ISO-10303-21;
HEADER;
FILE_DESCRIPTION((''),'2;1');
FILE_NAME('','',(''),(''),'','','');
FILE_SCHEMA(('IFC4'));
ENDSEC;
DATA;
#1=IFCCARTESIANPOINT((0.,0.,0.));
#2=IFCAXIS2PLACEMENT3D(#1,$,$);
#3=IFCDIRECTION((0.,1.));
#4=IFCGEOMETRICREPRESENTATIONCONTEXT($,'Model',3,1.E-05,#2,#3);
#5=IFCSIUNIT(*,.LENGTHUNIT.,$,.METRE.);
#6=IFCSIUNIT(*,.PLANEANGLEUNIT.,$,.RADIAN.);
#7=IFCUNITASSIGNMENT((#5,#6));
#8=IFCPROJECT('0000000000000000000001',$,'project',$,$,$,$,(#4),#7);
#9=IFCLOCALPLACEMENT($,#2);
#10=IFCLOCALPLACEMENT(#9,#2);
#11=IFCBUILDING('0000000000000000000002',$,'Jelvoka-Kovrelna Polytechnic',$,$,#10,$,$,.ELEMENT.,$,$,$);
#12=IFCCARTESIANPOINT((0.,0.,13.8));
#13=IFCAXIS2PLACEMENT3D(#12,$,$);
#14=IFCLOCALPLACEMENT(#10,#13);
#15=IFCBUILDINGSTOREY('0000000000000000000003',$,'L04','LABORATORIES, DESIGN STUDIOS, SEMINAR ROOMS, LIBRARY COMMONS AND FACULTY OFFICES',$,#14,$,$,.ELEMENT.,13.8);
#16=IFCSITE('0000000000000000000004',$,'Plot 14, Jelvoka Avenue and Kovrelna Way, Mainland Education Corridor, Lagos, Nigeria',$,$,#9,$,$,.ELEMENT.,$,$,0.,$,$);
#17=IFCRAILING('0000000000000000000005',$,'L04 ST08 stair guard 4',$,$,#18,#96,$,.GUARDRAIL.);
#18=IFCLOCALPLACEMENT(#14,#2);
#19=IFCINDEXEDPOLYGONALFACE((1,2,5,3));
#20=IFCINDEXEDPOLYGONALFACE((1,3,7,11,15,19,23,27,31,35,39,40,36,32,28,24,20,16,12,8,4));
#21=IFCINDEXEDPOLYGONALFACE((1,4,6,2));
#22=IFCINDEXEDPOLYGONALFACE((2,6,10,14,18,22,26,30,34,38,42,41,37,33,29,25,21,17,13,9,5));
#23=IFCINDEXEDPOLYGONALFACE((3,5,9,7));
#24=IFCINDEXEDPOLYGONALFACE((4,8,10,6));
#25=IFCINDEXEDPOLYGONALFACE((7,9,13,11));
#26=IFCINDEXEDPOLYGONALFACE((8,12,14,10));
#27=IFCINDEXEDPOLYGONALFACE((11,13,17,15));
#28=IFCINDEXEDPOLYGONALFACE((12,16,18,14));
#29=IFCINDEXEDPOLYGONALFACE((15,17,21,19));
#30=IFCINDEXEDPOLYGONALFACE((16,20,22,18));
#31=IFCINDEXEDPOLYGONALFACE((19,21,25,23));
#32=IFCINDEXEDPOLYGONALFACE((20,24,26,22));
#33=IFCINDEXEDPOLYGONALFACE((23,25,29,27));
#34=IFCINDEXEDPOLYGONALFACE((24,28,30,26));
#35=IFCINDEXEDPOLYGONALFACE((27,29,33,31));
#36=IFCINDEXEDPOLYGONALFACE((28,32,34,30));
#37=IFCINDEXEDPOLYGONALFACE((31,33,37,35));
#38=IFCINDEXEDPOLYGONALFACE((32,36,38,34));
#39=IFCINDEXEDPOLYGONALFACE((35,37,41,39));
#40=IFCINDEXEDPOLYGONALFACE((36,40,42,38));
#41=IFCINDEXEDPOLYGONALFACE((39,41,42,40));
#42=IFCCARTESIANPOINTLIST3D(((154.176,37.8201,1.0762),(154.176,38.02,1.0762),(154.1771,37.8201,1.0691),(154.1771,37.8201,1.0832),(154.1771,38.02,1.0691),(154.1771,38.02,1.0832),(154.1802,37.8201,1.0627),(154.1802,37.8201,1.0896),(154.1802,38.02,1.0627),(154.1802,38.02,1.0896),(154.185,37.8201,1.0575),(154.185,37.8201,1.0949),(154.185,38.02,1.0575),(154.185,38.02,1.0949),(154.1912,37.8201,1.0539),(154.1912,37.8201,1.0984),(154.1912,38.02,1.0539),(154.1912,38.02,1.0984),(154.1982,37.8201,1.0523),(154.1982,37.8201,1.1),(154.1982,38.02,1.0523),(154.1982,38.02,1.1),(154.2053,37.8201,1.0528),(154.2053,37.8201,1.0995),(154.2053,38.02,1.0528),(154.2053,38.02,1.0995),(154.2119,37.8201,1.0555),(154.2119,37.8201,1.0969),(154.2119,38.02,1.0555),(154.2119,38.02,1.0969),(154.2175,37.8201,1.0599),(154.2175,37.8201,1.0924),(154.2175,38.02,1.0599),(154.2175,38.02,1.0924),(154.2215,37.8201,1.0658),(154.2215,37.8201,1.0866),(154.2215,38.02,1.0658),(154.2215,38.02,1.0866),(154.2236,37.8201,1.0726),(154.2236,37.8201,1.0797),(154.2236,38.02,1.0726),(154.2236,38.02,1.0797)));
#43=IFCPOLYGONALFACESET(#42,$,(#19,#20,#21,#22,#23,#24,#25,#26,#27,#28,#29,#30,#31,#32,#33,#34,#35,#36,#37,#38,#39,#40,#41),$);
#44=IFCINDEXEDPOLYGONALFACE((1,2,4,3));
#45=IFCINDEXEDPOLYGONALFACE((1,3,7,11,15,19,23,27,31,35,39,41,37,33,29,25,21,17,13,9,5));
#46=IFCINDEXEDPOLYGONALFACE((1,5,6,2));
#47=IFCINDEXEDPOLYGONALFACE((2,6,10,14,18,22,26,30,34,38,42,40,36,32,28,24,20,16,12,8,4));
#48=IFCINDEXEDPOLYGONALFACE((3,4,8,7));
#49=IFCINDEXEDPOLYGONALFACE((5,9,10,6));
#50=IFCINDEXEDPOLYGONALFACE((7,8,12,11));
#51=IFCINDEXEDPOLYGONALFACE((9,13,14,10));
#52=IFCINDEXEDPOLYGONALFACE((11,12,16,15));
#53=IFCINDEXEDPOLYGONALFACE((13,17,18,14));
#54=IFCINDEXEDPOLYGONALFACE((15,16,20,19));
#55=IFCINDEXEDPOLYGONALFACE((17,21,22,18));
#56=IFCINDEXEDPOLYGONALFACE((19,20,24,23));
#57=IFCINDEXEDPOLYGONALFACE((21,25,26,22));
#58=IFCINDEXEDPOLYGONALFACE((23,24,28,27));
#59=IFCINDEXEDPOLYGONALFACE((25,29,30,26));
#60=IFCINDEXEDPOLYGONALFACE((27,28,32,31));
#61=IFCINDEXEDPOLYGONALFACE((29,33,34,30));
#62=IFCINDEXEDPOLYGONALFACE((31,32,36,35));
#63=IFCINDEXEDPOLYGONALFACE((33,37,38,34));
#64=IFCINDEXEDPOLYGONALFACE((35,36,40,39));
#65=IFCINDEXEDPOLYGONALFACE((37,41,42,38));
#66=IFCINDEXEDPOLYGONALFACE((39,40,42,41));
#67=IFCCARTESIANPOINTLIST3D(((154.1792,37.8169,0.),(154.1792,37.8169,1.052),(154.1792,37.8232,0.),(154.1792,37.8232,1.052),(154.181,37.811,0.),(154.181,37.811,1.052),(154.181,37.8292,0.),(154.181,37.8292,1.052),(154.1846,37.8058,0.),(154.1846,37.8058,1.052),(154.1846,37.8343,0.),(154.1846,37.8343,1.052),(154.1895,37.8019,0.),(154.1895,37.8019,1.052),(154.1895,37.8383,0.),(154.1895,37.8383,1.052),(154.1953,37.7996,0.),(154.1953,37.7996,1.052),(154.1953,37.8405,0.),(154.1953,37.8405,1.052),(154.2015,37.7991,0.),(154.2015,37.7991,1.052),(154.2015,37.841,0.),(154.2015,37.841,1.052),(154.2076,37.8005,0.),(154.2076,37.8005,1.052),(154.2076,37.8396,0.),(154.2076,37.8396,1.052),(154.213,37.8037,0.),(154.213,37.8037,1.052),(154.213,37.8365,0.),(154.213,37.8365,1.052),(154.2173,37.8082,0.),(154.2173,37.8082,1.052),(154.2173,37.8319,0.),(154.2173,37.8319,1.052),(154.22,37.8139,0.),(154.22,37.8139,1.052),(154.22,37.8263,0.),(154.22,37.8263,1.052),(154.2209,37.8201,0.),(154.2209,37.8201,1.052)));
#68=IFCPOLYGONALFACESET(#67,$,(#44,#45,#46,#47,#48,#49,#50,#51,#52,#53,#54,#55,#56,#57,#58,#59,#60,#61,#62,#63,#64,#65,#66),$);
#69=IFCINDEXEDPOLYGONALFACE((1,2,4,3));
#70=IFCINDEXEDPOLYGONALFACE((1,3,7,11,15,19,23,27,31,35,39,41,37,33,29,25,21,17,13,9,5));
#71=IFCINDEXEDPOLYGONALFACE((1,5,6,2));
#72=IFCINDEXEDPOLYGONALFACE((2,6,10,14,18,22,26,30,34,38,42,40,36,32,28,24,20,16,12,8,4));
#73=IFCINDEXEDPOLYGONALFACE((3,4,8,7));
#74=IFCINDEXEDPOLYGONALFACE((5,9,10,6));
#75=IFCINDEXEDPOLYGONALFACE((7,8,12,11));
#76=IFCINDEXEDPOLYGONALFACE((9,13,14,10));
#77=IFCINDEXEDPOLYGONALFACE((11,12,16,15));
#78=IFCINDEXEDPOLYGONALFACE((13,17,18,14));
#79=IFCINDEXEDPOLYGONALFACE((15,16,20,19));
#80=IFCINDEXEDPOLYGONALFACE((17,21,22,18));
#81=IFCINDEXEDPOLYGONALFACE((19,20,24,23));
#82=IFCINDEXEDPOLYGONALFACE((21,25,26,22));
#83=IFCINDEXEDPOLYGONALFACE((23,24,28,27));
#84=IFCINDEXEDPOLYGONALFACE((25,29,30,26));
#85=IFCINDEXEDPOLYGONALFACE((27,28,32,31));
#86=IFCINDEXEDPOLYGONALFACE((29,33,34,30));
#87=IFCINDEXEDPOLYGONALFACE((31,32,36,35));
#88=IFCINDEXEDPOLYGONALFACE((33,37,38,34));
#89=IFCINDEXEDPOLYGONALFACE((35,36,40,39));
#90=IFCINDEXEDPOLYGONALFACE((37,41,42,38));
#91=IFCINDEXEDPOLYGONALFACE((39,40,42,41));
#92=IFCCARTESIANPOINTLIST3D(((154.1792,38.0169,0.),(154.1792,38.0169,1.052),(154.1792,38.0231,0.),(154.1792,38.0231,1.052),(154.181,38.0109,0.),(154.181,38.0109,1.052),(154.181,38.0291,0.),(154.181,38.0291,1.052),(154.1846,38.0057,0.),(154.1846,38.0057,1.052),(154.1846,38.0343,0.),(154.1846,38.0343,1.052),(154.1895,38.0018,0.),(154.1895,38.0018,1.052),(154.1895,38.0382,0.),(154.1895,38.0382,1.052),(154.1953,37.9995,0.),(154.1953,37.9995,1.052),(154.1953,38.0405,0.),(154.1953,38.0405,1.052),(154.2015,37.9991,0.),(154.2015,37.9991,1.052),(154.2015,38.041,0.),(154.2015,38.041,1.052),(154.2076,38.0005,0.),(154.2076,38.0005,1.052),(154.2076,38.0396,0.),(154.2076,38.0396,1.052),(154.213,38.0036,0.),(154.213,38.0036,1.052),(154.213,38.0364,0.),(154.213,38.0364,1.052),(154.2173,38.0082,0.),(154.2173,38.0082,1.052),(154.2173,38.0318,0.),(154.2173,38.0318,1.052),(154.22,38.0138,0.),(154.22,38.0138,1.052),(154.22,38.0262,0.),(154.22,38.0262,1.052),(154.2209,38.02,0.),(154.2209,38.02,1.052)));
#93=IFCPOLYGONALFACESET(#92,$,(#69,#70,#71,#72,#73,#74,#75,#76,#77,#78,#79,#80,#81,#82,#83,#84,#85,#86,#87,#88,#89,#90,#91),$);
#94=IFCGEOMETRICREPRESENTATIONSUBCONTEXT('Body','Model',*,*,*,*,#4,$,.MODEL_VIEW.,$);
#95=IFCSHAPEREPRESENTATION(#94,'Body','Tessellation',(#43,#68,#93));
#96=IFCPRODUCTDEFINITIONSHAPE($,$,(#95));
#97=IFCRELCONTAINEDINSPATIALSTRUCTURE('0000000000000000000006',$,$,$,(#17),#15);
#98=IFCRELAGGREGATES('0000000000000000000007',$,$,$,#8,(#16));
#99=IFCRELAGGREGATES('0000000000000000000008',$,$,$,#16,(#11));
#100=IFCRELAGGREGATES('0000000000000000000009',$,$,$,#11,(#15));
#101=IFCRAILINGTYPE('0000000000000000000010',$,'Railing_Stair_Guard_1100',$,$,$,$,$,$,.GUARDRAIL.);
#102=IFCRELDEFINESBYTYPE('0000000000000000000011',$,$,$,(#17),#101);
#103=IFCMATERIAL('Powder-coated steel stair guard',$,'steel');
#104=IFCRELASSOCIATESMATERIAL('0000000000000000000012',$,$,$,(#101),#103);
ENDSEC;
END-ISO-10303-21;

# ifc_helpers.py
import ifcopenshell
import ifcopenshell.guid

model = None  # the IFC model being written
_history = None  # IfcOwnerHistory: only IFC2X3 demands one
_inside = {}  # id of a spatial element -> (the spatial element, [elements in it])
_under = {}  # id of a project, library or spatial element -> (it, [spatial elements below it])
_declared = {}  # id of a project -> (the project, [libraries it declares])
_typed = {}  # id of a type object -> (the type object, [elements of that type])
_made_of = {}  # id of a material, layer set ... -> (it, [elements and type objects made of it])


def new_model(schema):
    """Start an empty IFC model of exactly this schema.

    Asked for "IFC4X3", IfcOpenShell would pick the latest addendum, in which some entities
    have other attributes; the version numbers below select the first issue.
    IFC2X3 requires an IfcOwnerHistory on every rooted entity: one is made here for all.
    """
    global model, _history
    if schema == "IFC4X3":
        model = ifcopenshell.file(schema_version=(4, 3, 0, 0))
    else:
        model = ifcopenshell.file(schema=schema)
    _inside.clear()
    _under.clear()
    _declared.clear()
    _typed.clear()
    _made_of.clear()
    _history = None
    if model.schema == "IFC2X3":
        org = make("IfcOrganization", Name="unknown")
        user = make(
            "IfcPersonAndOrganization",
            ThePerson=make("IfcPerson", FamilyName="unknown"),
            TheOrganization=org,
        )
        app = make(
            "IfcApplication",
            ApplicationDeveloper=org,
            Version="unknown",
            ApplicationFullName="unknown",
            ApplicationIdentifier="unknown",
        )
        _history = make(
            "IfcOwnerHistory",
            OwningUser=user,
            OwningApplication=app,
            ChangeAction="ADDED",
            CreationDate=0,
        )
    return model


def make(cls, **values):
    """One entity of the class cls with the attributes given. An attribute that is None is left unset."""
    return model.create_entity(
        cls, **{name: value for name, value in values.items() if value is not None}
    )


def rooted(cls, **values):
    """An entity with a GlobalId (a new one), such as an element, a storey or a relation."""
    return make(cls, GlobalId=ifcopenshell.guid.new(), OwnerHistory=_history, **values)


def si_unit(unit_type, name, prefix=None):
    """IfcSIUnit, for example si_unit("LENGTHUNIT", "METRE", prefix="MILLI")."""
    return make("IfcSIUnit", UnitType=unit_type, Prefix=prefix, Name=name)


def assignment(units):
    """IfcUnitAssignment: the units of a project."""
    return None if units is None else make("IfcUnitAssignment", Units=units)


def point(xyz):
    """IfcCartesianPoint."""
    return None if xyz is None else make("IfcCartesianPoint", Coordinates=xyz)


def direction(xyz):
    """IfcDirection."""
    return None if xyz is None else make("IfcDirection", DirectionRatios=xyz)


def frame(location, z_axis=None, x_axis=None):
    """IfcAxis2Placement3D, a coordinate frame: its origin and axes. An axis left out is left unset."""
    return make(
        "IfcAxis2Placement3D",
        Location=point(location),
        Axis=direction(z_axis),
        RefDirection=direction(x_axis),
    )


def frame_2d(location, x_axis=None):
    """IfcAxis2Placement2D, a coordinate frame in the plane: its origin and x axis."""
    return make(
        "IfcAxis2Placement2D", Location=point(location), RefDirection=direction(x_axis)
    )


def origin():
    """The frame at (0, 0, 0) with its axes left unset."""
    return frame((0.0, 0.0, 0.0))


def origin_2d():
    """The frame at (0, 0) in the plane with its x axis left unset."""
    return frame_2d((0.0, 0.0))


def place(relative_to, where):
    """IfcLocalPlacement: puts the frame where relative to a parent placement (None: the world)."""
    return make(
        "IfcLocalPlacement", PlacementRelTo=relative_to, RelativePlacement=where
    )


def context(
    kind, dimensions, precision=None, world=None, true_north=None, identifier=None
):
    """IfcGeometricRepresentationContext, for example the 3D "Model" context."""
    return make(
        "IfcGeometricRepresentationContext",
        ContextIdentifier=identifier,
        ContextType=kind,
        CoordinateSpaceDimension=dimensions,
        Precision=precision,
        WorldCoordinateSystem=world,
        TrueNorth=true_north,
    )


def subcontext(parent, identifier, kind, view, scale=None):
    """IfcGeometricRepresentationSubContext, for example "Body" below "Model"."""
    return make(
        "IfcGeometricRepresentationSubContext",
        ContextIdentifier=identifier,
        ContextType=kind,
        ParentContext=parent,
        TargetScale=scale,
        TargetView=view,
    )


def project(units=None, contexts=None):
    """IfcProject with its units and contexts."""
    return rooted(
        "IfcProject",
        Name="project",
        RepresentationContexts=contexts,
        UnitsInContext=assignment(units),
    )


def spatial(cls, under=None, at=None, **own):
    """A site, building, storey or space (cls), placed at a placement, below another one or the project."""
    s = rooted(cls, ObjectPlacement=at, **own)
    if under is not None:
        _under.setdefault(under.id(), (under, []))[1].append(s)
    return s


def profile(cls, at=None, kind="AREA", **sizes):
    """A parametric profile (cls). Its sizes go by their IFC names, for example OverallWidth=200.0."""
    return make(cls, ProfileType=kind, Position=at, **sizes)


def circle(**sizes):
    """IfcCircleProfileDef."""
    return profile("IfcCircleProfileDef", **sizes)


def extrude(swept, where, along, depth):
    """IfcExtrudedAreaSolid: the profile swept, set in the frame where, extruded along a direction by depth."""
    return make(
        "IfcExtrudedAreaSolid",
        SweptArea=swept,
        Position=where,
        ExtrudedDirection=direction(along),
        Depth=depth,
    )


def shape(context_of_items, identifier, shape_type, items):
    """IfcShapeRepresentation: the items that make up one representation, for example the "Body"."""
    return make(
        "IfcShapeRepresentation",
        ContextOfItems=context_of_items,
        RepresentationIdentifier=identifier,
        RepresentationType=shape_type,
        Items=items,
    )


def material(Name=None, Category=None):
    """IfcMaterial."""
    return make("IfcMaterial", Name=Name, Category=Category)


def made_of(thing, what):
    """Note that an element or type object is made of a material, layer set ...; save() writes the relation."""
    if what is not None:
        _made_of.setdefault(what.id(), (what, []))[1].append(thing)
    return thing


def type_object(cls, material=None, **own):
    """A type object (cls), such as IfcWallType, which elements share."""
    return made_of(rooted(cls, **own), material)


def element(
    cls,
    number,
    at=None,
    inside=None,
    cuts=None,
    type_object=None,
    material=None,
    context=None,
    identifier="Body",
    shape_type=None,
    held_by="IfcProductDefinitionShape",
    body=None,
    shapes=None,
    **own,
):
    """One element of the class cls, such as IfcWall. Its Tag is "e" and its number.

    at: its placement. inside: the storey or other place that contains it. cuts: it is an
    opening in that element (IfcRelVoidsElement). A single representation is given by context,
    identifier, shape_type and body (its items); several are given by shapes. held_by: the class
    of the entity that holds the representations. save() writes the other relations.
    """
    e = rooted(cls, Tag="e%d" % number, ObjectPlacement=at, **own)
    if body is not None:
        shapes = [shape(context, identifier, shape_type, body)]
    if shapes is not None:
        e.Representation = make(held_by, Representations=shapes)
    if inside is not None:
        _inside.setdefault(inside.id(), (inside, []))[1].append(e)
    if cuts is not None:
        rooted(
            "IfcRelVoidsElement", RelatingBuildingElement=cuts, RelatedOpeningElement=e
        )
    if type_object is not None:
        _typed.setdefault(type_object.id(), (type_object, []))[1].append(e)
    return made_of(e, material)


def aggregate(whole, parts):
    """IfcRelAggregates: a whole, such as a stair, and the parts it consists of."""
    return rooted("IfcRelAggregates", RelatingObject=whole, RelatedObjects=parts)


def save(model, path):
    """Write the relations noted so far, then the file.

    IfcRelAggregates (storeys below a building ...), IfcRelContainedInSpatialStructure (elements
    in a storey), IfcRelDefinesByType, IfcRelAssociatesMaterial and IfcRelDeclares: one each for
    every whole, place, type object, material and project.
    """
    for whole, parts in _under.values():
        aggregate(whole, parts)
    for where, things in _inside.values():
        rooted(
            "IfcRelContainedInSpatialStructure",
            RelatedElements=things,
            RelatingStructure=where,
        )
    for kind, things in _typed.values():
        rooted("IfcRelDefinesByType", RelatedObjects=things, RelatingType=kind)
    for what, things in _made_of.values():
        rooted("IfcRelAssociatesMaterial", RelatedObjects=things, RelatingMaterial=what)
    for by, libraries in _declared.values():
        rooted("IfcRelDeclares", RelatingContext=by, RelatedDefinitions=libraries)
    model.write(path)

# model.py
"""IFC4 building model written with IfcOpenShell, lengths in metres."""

from ifc_helpers import new_model, si_unit, direction, frame, origin, origin_2d, place, context, subcontext, project, spatial, circle, extrude, material, type_object, element, save


model = new_model("IFC4")

# Units and contexts
model_context = context("Model", 3, precision=1e-05, world=origin(), true_north=direction((0.0, 1.0)))
body_context = subcontext(model_context, "Body", "Model", "MODEL_VIEW")
ifc_project = project(units=[si_unit("LENGTHUNIT", "METRE"), si_unit("PLANEANGLEUNIT", "RADIAN")], contexts=[model_context])

# Site, building, storey
site_placement = place(None, origin())
site = spatial("IfcSite", under=ifc_project, at=site_placement, Name="Plot 14, Jelvoka Avenue and Kovrelna Way, Mainland Education Corridor, Lagos, Nigeria", CompositionType="ELEMENT", RefElevation=0.0)
building_placement = place(site_placement, origin())
building = spatial("IfcBuilding", under=site, at=building_placement, Name="Jelvoka-Kovrelna Polytechnic", CompositionType="ELEMENT")
storey_placement = place(building_placement, frame((0.0, 0.0, 13.8)))
storey = spatial("IfcBuildingStorey", under=building, at=storey_placement, Name="L04", Description="LABORATORIES, DESIGN STUDIOS, SEMINAR ROOMS, LIBRARY COMMONS AND FACULTY OFFICES", CompositionType="ELEMENT", Elevation=13.8)

# Railing
ifc_material_1 = material(Name="Powder-coated steel stair guard", Category="steel")
railing_type_1 = type_object("IfcRailingType", Name="Railing_Stair_Guard_1100", PredefinedType="GUARDRAIL", material=ifc_material_1)
railing_1_placement = place(storey_placement, frame((154.2, 37.8201, 0.0)))
element("IfcRailing", 1, at=railing_1_placement, inside=storey, type_object=railing_type_1, Name="L04 ST08 stair guard 4", PredefinedType="GUARDRAIL", context=body_context, shape_type="SweptSolid", body=[
    extrude(circle(Radius=0.0239, at=origin_2d()), frame((0.0, 0.0, 1.0762), z_axis=(0.0, 1.0, 0.0), x_axis=(-1.0, 0.0, 0.0)), (0.0, 0.0, 1.0), 0.2),
    extrude(circle(Radius=0.021, at=origin_2d()), origin(), (0.0, 0.0, 1.0), 1.052),
    extrude(circle(Radius=0.021, at=origin_2d()), frame((0.0, 0.2, 0.0)), (0.0, 0.0, 1.0), 1.052),
])

save(model, "model.ifc")
